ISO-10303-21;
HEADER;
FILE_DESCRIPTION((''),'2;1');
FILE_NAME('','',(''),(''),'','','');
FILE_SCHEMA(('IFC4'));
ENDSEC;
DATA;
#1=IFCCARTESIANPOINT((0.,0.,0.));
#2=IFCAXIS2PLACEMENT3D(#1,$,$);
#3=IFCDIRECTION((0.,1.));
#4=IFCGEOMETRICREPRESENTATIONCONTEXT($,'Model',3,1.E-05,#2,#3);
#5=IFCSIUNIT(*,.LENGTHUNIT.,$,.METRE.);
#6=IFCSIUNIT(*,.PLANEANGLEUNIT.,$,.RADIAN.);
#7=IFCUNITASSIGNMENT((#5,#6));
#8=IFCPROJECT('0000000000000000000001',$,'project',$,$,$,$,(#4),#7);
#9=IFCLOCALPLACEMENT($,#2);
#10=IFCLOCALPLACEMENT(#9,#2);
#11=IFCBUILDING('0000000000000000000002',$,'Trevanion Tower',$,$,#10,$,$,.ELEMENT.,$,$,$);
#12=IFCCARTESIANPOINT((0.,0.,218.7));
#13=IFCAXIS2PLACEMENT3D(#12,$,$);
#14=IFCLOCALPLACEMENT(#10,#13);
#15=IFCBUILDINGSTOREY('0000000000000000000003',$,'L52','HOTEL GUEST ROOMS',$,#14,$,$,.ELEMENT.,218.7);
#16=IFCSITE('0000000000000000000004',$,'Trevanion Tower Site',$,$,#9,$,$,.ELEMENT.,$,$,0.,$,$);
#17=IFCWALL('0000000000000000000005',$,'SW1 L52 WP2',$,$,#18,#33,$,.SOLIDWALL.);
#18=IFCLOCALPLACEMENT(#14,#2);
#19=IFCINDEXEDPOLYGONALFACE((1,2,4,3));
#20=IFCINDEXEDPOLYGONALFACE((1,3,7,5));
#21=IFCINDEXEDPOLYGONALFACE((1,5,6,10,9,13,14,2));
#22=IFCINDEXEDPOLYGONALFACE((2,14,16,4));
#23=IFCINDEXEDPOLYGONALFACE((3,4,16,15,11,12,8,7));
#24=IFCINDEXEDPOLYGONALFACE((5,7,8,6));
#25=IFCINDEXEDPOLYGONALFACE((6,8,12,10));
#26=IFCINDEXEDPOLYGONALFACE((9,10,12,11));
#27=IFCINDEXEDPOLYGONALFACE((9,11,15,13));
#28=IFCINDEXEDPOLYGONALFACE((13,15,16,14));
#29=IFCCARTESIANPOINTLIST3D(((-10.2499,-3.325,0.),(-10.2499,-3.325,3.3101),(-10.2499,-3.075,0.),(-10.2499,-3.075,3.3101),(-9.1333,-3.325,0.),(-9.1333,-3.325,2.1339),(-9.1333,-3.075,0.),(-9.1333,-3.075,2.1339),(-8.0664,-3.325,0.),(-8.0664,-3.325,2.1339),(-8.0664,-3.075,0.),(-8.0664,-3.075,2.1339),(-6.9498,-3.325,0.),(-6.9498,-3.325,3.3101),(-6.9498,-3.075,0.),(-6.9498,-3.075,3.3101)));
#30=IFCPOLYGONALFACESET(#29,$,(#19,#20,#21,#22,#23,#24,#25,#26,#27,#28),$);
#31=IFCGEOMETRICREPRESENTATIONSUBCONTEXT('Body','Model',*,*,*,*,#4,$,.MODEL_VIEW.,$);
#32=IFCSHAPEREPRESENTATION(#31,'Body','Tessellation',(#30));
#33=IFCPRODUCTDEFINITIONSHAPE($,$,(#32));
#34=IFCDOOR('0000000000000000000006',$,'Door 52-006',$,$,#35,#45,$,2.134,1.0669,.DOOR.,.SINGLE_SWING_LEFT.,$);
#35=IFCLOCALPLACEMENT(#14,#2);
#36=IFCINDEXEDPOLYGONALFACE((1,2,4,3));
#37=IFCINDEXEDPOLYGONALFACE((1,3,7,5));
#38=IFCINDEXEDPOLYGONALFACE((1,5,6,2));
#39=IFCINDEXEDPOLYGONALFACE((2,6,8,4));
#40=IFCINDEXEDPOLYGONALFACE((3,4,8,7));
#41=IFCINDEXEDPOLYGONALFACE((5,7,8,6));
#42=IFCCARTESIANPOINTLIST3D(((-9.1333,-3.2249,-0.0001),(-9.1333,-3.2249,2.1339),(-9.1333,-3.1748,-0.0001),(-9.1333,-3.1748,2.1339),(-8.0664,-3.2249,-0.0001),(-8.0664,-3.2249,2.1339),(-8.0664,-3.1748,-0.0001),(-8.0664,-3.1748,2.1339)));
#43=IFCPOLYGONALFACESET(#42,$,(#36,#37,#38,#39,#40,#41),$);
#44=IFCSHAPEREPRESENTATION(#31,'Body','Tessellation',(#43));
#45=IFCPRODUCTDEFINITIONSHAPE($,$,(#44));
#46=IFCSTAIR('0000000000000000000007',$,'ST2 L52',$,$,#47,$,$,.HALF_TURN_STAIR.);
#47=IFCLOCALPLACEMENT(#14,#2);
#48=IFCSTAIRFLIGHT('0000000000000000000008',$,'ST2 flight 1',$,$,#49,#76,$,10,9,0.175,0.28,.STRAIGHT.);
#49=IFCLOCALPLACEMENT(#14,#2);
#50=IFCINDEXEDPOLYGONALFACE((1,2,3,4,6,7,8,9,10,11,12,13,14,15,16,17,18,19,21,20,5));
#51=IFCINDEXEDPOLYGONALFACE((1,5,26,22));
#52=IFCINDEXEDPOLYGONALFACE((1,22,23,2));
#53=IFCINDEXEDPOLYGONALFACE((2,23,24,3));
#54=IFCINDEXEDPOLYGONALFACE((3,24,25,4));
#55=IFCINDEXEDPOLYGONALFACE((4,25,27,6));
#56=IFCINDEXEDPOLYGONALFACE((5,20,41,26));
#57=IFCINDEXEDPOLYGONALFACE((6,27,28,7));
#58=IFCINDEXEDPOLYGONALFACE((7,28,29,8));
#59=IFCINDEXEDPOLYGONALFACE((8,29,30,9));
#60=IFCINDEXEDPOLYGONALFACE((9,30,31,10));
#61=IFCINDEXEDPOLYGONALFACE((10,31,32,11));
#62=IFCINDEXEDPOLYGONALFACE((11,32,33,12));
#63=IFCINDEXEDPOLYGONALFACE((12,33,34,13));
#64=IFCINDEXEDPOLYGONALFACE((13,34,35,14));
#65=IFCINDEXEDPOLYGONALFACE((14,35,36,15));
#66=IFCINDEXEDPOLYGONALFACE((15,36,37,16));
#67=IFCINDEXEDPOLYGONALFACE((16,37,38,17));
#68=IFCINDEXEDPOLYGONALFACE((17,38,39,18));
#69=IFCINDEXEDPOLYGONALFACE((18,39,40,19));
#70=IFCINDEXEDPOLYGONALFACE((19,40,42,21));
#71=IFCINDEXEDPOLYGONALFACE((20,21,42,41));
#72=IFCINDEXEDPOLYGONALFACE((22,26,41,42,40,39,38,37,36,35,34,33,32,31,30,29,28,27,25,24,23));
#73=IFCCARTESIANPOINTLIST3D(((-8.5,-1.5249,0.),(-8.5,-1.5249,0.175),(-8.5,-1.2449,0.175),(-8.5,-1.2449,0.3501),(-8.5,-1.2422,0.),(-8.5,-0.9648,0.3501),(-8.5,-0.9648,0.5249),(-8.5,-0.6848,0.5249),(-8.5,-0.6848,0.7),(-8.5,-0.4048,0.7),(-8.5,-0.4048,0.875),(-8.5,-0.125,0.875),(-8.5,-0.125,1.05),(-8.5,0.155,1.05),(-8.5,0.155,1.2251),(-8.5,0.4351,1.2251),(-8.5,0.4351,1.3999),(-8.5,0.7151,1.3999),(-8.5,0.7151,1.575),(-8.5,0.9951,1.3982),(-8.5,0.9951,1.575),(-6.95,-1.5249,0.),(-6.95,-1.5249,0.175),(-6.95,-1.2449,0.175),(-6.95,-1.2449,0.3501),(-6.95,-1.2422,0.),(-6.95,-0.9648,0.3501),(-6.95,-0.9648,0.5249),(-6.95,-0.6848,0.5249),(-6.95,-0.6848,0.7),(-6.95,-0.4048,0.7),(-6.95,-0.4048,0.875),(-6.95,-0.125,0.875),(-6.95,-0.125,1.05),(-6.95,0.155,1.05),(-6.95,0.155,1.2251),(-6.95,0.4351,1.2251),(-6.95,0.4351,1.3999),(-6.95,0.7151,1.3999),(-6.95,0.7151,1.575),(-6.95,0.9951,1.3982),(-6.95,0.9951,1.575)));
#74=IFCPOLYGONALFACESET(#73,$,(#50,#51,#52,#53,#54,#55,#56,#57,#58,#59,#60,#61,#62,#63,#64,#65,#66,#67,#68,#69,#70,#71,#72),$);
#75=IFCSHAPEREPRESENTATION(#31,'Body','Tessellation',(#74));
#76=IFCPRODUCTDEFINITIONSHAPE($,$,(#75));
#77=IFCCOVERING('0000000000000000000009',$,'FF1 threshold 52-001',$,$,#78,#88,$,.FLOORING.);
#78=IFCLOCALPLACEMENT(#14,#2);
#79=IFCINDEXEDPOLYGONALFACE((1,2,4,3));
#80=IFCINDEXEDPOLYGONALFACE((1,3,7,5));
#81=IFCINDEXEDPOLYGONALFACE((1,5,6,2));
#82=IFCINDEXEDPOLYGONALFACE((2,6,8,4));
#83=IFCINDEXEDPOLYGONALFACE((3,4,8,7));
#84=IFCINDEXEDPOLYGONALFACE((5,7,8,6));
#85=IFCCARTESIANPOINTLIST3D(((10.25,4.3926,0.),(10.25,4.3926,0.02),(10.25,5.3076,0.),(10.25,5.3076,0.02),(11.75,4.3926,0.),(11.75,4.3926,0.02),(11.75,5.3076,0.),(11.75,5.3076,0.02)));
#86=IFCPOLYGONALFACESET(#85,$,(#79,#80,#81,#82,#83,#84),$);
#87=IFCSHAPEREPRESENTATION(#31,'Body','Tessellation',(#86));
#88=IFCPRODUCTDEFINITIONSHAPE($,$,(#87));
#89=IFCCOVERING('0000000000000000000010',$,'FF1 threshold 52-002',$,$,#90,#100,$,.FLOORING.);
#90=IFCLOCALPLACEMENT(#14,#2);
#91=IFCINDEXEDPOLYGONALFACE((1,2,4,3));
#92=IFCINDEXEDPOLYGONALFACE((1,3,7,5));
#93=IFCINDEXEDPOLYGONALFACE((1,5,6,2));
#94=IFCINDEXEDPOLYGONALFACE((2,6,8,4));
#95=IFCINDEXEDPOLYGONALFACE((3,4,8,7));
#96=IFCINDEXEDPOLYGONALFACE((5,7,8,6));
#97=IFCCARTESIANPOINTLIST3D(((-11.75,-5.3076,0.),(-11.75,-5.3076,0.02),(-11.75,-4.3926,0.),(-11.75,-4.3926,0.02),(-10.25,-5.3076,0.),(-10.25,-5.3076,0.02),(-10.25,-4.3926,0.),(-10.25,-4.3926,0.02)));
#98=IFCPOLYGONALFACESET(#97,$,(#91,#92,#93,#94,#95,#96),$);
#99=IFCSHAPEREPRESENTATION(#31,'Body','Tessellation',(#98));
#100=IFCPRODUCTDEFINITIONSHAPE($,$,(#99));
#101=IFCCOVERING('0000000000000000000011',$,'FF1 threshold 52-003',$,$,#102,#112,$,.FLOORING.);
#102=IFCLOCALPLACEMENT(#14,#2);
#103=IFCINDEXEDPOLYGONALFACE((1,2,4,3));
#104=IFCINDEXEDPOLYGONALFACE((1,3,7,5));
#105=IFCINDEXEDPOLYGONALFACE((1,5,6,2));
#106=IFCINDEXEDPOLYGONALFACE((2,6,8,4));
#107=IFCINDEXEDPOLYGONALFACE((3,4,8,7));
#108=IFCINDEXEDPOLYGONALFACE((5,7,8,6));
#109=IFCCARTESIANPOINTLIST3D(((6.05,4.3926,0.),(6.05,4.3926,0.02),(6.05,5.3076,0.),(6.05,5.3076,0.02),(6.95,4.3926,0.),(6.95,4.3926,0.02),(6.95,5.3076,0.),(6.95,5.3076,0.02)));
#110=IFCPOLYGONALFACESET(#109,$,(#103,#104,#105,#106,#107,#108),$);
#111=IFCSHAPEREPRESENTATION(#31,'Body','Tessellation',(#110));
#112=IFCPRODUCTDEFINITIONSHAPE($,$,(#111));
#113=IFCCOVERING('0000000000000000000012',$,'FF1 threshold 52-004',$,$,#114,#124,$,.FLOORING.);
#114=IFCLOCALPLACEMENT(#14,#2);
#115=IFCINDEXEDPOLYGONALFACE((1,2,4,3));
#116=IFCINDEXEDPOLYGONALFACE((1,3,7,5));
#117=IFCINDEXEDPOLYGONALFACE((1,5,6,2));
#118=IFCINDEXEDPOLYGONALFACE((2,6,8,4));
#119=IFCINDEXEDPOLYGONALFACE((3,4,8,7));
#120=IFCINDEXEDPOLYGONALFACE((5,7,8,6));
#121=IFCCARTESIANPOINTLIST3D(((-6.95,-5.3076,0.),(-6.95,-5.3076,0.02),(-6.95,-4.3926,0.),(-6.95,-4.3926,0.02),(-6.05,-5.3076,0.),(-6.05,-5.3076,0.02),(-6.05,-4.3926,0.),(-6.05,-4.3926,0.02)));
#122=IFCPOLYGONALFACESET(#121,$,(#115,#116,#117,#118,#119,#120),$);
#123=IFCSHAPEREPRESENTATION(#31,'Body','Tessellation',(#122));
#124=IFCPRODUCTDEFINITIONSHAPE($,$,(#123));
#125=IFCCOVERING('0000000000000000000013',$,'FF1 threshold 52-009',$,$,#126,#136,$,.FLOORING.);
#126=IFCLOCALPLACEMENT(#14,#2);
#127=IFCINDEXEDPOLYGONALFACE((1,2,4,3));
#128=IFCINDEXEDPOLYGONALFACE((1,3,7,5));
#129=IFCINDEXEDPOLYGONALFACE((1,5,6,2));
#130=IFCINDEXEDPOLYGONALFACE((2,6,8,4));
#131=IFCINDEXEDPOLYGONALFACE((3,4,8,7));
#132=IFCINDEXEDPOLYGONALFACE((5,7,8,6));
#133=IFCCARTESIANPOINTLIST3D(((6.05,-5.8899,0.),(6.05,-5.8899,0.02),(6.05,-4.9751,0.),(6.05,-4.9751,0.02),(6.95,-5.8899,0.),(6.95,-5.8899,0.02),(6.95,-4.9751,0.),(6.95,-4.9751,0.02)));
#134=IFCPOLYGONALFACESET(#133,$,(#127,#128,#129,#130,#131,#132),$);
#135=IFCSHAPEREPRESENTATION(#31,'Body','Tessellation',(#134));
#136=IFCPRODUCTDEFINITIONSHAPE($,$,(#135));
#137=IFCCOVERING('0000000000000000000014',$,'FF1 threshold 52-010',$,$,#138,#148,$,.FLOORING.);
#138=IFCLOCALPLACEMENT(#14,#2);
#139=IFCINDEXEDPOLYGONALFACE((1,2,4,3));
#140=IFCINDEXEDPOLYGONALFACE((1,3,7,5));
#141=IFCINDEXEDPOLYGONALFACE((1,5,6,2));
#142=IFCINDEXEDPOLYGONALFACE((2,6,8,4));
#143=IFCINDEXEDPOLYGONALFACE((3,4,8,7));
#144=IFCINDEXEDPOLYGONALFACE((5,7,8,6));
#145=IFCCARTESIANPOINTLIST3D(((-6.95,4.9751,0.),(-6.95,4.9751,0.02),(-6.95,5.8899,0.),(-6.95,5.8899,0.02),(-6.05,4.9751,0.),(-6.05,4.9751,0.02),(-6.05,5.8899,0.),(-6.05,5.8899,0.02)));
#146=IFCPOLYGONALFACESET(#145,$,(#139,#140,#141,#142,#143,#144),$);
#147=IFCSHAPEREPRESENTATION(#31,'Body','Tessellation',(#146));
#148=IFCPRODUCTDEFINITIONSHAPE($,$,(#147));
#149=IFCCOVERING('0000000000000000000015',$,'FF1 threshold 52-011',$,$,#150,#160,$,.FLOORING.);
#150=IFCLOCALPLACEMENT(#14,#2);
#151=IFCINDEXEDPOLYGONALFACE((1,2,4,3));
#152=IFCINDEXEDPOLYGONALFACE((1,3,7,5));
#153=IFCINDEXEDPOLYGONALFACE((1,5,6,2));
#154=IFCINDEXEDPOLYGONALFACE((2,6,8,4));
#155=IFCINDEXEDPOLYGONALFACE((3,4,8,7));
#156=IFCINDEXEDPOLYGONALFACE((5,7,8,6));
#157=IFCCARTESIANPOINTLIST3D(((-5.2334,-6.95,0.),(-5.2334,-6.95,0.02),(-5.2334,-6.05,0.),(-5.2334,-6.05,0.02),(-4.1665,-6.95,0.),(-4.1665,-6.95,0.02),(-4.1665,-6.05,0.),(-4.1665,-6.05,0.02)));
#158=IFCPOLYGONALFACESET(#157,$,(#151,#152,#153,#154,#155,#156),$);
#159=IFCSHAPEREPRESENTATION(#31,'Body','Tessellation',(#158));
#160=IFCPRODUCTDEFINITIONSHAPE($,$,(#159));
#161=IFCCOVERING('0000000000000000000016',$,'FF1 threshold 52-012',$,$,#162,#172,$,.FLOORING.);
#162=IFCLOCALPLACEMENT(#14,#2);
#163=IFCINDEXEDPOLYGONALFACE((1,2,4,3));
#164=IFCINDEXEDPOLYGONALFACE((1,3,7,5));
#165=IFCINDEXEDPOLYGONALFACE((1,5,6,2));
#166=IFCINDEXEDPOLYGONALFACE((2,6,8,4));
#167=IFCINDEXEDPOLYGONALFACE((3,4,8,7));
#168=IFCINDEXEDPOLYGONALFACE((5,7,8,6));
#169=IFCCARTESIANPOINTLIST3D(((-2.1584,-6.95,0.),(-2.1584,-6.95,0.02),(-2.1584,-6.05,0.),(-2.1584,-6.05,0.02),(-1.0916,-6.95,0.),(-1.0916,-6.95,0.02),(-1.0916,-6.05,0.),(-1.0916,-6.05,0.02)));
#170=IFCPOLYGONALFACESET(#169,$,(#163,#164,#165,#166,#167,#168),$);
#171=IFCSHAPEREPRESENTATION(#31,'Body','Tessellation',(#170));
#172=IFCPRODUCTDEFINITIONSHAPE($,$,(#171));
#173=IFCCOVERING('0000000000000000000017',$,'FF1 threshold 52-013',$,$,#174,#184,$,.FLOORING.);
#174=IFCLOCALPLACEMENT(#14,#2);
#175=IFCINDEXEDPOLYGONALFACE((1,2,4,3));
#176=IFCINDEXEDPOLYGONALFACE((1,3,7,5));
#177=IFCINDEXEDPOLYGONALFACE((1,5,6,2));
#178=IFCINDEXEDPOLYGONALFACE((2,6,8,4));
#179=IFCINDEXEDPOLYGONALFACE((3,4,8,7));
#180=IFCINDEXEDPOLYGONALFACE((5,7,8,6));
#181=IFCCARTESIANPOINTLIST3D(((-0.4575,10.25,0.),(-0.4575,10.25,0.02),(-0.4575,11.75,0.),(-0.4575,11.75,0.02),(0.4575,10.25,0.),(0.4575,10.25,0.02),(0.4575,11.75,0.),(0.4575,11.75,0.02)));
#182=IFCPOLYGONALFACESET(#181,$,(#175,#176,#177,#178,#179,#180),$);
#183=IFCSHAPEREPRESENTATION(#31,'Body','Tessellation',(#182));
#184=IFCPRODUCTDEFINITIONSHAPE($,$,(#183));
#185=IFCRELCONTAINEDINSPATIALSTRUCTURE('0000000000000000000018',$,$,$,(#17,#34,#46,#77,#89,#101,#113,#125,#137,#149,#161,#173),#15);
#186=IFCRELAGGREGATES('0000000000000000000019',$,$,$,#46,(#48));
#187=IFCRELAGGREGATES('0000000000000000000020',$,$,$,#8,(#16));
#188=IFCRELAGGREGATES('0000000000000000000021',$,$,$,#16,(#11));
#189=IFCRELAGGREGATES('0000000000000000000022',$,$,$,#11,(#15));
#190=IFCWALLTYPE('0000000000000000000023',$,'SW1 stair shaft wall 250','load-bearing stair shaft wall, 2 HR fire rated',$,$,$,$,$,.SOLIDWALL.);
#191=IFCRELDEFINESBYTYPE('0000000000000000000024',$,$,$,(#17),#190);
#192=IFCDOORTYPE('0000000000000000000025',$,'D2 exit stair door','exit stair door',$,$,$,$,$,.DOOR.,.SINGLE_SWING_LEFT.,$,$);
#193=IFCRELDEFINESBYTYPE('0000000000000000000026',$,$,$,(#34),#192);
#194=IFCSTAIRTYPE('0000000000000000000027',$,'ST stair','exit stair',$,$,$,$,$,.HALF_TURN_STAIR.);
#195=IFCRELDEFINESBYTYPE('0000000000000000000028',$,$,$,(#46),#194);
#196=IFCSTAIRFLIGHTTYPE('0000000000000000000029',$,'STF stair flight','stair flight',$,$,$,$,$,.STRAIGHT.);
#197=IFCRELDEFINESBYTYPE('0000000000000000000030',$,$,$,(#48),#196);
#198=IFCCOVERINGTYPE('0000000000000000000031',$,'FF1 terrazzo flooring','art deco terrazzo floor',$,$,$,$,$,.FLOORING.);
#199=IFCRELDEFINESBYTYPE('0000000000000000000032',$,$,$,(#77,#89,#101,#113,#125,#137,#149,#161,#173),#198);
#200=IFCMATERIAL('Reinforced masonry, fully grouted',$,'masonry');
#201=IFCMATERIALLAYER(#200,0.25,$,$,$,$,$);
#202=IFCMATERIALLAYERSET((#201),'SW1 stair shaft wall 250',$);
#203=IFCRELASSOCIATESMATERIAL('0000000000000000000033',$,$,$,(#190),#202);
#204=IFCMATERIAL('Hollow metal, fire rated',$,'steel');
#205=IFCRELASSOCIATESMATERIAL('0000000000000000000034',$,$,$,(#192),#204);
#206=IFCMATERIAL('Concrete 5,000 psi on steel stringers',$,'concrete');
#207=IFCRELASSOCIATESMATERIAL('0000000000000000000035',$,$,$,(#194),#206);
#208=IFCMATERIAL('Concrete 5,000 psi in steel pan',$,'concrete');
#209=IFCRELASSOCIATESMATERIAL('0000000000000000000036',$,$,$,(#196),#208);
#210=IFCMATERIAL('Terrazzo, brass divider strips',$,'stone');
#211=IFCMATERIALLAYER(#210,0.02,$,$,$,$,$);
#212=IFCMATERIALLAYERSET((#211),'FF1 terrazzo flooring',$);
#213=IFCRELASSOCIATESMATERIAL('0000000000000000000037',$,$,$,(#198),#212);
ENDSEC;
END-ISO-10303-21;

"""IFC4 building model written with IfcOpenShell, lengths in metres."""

from ifc_helpers import new_model, si_unit, direction, frame, frame_2d, origin, place, context, subcontext, project, spatial, polyline, rectangle, outline, extrude, material, layer, layer_set, type_object, element, fill, aggregate, save


model = new_model("IFC4")

# Units and contexts
model_context = context("Model", 3, precision=1e-05, world=origin(), true_north=direction((0.0, 1.0)))
body_context = subcontext(model_context, "Body", "Model", "MODEL_VIEW")
ifc_project = project(units=[si_unit("LENGTHUNIT", "METRE"), si_unit("PLANEANGLEUNIT", "RADIAN")], contexts=[model_context])

# Site, building, storey
site_placement = place(None, origin())
site = spatial("IfcSite", under=ifc_project, at=site_placement, Name="Trevanion Tower Site", CompositionType="ELEMENT", RefElevation=0.0)
building_placement = place(site_placement, origin())
building = spatial("IfcBuilding", under=site, at=building_placement, Name="Trevanion Tower", CompositionType="ELEMENT")
storey_placement = place(building_placement, frame((0.0, 0.0, 218.7)))
storey = spatial("IfcBuildingStorey", under=building, at=storey_placement, Name="L52", Description="HOTEL GUEST ROOMS", CompositionType="ELEMENT", Elevation=218.7)

# Wall, opening, door
ifc_material_1 = material(Name="Reinforced masonry, fully grouted", Category="masonry")
ifc_layer_1 = layer(ifc_material_1, 0.25)
ifc_layer_set_1 = layer_set([ifc_layer_1], Name="SW1 stair shaft wall 250")
wall_type_1 = type_object("IfcWallType", Name="SW1 stair shaft wall 250", Description="load-bearing stair shaft wall, 2 HR fire rated", PredefinedType="SOLIDWALL", material=ifc_layer_set_1)
wall_1_placement = place(storey_placement, frame((-6.95, -3.2, 0.0), z_axis=(0.0, 0.0, 1.0), x_axis=(-1.0, 0.0, 0.0)))
wall_1 = element("IfcWall", 1, at=wall_1_placement, inside=storey, type_object=wall_type_1, Name="SW1 L52 WP2", PredefinedType="SOLIDWALL", context=body_context, shape_type="SweptSolid", body=[
    extrude(rectangle(XDim=3.3, YDim=0.25, at=frame_2d((1.6499, 0.0))), origin(), (0.0, 0.0, 1.0), 3.3101),
])
opening_1_placement = place(wall_1_placement, frame((1.1165, 0.0, 0.0)))
opening_1 = element("IfcOpeningElement", 2, at=opening_1_placement, cuts=wall_1, PredefinedType="OPENING", context=body_context, shape_type="SweptSolid", body=[
    extrude(rectangle(XDim=1.0669, YDim=2.134, at=frame_2d((0.5334, 1.0669))), frame((0.0, 0.135, 0.0), z_axis=(0.0, -1.0, 0.0), x_axis=(1.0, 0.0, 0.0)), (0.0, 0.0, 1.0), 0.27),
])
ifc_material_2 = material(Name="Hollow metal, fire rated", Category="steel")
door_type_1 = type_object("IfcDoorType", Name="D2 exit stair door", Description="exit stair door", OperationType="SINGLE_SWING_LEFT", PredefinedType="DOOR", material=ifc_material_2)
door_1_placement = place(opening_1_placement, origin())
door_1 = element("IfcDoor", 3, at=door_1_placement, inside=storey, type_object=door_type_1, Name="Door 52-006", OperationType="SINGLE_SWING_LEFT", OverallHeight=2.134, OverallWidth=1.0669, PredefinedType="DOOR", context=body_context, shape_type="SweptSolid", body=[
    extrude(rectangle(XDim=1.0669, YDim=2.134, at=frame_2d((0.5334, 1.0669))), frame((0.0, 0.0249, 0.0), z_axis=(0.0, -1.0, 0.0), x_axis=(1.0, 0.0, 0.0)), (0.0, 0.0, 1.0), 0.05),
])
fill(opening_1, door_1)

# Stair, stair flight
ifc_material_3 = material(Name="Concrete 5,000 psi on steel stringers", Category="concrete")
stair_type = type_object("IfcStairType", Name="ST stair", Description="exit stair", PredefinedType="HALF_TURN_STAIR", material=ifc_material_3)
stair_placement = place(storey_placement, origin())
stair = element("IfcStair", 4, at=stair_placement, inside=storey, type_object=stair_type, Name="ST2 L52", PredefinedType="HALF_TURN_STAIR")
ifc_material_4 = material(Name="Concrete 5,000 psi in steel pan", Category="concrete")
stair_flight_type = type_object("IfcStairFlightType", Name="STF stair flight", Description="stair flight", PredefinedType="STRAIGHT", material=ifc_material_4)
stair_flight_placement = place(storey_placement, frame((-7.7251, -1.5249, 0.0), z_axis=(0.0, 0.0, 1.0), x_axis=(0.0, 1.0, 0.0)))
stair_flight = element("IfcStairFlight", 5, at=stair_flight_placement, type_object=stair_flight_type, Name="ST2 flight 1", NumberOfRisers=10, NumberOfTreads=9, PredefinedType="STRAIGHT", RiserHeight=0.175, TreadLength=0.28, context=body_context, shape_type="SweptSolid", body=[
    extrude(outline(polyline([(0.0, 0.0), (0.0, 0.175), (0.28, 0.175), (0.28, 0.3501), (0.5601, 0.3501), (0.5601, 0.5249), (0.8401, 0.5249), (0.8401, 0.7), (1.1201, 0.7), (1.1201, 0.875), (1.3999, 0.875), (1.3999, 1.05), (1.6799, 1.05), (1.6799, 1.2251), (1.96, 1.2251), (1.96, 1.3999), (2.24, 1.3999), (2.24, 1.575), (2.52, 1.575), (2.52, 1.75), (2.52, 1.3982), (0.2827, 0.0), (0.0, 0.0)])), frame((0.0, 0.7749, 0.0), z_axis=(0.0, -1.0, 0.0), x_axis=(1.0, 0.0, 0.0)), (0.0, 0.0, 1.0), 1.55),
])
aggregate(stair, [stair_flight])

# Coverings
ifc_material_5 = material(Name="Terrazzo, brass divider strips", Category="stone")
ifc_layer_2 = layer(ifc_material_5, 0.02)
ifc_layer_set_2 = layer_set([ifc_layer_2], Name="FF1 terrazzo flooring")
covering_type = type_object("IfcCoveringType", Name="FF1 terrazzo flooring", Description="art deco terrazzo floor", PredefinedType="FLOORING", material=ifc_layer_set_2)
covering_1_placement = place(storey_placement, origin())
element("IfcCovering", 6, at=covering_1_placement, inside=storey, type_object=covering_type, Name="FF1 threshold 52-001", PredefinedType="FLOORING", context=body_context, shape_type="SweptSolid", body=[
    extrude(outline(polyline([(11.75, 4.3926), (11.75, 5.3076), (10.25, 5.3076), (10.25, 4.3926), (11.75, 4.3926)])), origin(), (0.0, 0.0, 1.0), 0.02),
])
covering_2_placement = place(storey_placement, origin())
element("IfcCovering", 7, at=covering_2_placement, inside=storey, type_object=covering_type, Name="FF1 threshold 52-002", PredefinedType="FLOORING", context=body_context, shape_type="SweptSolid", body=[
    extrude(outline(polyline([(-11.75, -4.3926), (-11.75, -5.3076), (-10.25, -5.3076), (-10.25, -4.3926), (-11.75, -4.3926)])), origin(), (0.0, 0.0, 1.0), 0.02),
])
covering_3_placement = place(storey_placement, origin())
element("IfcCovering", 8, at=covering_3_placement, inside=storey, type_object=covering_type, Name="FF1 threshold 52-003", PredefinedType="FLOORING", context=body_context, shape_type="SweptSolid", body=[
    extrude(outline(polyline([(6.95, 4.3926), (6.95, 5.3076), (6.05, 5.3076), (6.05, 4.3926), (6.95, 4.3926)])), origin(), (0.0, 0.0, 1.0), 0.02),
])
covering_4_placement = place(storey_placement, origin())
element("IfcCovering", 9, at=covering_4_placement, inside=storey, type_object=covering_type, Name="FF1 threshold 52-004", PredefinedType="FLOORING", context=body_context, shape_type="SweptSolid", body=[
    extrude(outline(polyline([(-6.95, -4.3926), (-6.95, -5.3076), (-6.05, -5.3076), (-6.05, -4.3926), (-6.95, -4.3926)])), origin(), (0.0, 0.0, 1.0), 0.02),
])
covering_5_placement = place(storey_placement, origin())
element("IfcCovering", 10, at=covering_5_placement, inside=storey, type_object=covering_type, Name="FF1 threshold 52-009", PredefinedType="FLOORING", context=body_context, shape_type="SweptSolid", body=[
    extrude(outline(polyline([(6.95, -5.8899), (6.95, -4.9751), (6.05, -4.9751), (6.05, -5.8899), (6.95, -5.8899)])), origin(), (0.0, 0.0, 1.0), 0.02),
])
covering_6_placement = place(storey_placement, origin())
element("IfcCovering", 11, at=covering_6_placement, inside=storey, type_object=covering_type, Name="FF1 threshold 52-010", PredefinedType="FLOORING", context=body_context, shape_type="SweptSolid", body=[
    extrude(outline(polyline([(-6.95, 5.8899), (-6.95, 4.9751), (-6.05, 4.9751), (-6.05, 5.8899), (-6.95, 5.8899)])), origin(), (0.0, 0.0, 1.0), 0.02),
])
covering_7_placement = place(storey_placement, origin())
element("IfcCovering", 12, at=covering_7_placement, inside=storey, type_object=covering_type, Name="FF1 threshold 52-011", PredefinedType="FLOORING", context=body_context, shape_type="SweptSolid", body=[
    extrude(outline(polyline([(-5.2334, -6.95), (-4.1665, -6.95), (-4.1665, -6.05), (-5.2334, -6.05), (-5.2334, -6.95)])), origin(), (0.0, 0.0, 1.0), 0.02),
])
covering_8_placement = place(storey_placement, origin())
element("IfcCovering", 13, at=covering_8_placement, inside=storey, type_object=covering_type, Name="FF1 threshold 52-012", PredefinedType="FLOORING", context=body_context, shape_type="SweptSolid", body=[
    extrude(outline(polyline([(-2.1584, -6.95), (-1.0916, -6.95), (-1.0916, -6.05), (-2.1584, -6.05), (-2.1584, -6.95)])), origin(), (0.0, 0.0, 1.0), 0.02),
])
covering_9_placement = place(storey_placement, origin())
element("IfcCovering", 14, at=covering_9_placement, inside=storey, type_object=covering_type, Name="FF1 threshold 52-013", PredefinedType="FLOORING", context=body_context, shape_type="SweptSolid", body=[
    extrude(outline(polyline([(0.4575, 11.75), (-0.4575, 11.75), (-0.4575, 10.25), (0.4575, 10.25), (0.4575, 11.75)])), origin(), (0.0, 0.0, 1.0), 0.02),
])

save(model, "model.ifc")
